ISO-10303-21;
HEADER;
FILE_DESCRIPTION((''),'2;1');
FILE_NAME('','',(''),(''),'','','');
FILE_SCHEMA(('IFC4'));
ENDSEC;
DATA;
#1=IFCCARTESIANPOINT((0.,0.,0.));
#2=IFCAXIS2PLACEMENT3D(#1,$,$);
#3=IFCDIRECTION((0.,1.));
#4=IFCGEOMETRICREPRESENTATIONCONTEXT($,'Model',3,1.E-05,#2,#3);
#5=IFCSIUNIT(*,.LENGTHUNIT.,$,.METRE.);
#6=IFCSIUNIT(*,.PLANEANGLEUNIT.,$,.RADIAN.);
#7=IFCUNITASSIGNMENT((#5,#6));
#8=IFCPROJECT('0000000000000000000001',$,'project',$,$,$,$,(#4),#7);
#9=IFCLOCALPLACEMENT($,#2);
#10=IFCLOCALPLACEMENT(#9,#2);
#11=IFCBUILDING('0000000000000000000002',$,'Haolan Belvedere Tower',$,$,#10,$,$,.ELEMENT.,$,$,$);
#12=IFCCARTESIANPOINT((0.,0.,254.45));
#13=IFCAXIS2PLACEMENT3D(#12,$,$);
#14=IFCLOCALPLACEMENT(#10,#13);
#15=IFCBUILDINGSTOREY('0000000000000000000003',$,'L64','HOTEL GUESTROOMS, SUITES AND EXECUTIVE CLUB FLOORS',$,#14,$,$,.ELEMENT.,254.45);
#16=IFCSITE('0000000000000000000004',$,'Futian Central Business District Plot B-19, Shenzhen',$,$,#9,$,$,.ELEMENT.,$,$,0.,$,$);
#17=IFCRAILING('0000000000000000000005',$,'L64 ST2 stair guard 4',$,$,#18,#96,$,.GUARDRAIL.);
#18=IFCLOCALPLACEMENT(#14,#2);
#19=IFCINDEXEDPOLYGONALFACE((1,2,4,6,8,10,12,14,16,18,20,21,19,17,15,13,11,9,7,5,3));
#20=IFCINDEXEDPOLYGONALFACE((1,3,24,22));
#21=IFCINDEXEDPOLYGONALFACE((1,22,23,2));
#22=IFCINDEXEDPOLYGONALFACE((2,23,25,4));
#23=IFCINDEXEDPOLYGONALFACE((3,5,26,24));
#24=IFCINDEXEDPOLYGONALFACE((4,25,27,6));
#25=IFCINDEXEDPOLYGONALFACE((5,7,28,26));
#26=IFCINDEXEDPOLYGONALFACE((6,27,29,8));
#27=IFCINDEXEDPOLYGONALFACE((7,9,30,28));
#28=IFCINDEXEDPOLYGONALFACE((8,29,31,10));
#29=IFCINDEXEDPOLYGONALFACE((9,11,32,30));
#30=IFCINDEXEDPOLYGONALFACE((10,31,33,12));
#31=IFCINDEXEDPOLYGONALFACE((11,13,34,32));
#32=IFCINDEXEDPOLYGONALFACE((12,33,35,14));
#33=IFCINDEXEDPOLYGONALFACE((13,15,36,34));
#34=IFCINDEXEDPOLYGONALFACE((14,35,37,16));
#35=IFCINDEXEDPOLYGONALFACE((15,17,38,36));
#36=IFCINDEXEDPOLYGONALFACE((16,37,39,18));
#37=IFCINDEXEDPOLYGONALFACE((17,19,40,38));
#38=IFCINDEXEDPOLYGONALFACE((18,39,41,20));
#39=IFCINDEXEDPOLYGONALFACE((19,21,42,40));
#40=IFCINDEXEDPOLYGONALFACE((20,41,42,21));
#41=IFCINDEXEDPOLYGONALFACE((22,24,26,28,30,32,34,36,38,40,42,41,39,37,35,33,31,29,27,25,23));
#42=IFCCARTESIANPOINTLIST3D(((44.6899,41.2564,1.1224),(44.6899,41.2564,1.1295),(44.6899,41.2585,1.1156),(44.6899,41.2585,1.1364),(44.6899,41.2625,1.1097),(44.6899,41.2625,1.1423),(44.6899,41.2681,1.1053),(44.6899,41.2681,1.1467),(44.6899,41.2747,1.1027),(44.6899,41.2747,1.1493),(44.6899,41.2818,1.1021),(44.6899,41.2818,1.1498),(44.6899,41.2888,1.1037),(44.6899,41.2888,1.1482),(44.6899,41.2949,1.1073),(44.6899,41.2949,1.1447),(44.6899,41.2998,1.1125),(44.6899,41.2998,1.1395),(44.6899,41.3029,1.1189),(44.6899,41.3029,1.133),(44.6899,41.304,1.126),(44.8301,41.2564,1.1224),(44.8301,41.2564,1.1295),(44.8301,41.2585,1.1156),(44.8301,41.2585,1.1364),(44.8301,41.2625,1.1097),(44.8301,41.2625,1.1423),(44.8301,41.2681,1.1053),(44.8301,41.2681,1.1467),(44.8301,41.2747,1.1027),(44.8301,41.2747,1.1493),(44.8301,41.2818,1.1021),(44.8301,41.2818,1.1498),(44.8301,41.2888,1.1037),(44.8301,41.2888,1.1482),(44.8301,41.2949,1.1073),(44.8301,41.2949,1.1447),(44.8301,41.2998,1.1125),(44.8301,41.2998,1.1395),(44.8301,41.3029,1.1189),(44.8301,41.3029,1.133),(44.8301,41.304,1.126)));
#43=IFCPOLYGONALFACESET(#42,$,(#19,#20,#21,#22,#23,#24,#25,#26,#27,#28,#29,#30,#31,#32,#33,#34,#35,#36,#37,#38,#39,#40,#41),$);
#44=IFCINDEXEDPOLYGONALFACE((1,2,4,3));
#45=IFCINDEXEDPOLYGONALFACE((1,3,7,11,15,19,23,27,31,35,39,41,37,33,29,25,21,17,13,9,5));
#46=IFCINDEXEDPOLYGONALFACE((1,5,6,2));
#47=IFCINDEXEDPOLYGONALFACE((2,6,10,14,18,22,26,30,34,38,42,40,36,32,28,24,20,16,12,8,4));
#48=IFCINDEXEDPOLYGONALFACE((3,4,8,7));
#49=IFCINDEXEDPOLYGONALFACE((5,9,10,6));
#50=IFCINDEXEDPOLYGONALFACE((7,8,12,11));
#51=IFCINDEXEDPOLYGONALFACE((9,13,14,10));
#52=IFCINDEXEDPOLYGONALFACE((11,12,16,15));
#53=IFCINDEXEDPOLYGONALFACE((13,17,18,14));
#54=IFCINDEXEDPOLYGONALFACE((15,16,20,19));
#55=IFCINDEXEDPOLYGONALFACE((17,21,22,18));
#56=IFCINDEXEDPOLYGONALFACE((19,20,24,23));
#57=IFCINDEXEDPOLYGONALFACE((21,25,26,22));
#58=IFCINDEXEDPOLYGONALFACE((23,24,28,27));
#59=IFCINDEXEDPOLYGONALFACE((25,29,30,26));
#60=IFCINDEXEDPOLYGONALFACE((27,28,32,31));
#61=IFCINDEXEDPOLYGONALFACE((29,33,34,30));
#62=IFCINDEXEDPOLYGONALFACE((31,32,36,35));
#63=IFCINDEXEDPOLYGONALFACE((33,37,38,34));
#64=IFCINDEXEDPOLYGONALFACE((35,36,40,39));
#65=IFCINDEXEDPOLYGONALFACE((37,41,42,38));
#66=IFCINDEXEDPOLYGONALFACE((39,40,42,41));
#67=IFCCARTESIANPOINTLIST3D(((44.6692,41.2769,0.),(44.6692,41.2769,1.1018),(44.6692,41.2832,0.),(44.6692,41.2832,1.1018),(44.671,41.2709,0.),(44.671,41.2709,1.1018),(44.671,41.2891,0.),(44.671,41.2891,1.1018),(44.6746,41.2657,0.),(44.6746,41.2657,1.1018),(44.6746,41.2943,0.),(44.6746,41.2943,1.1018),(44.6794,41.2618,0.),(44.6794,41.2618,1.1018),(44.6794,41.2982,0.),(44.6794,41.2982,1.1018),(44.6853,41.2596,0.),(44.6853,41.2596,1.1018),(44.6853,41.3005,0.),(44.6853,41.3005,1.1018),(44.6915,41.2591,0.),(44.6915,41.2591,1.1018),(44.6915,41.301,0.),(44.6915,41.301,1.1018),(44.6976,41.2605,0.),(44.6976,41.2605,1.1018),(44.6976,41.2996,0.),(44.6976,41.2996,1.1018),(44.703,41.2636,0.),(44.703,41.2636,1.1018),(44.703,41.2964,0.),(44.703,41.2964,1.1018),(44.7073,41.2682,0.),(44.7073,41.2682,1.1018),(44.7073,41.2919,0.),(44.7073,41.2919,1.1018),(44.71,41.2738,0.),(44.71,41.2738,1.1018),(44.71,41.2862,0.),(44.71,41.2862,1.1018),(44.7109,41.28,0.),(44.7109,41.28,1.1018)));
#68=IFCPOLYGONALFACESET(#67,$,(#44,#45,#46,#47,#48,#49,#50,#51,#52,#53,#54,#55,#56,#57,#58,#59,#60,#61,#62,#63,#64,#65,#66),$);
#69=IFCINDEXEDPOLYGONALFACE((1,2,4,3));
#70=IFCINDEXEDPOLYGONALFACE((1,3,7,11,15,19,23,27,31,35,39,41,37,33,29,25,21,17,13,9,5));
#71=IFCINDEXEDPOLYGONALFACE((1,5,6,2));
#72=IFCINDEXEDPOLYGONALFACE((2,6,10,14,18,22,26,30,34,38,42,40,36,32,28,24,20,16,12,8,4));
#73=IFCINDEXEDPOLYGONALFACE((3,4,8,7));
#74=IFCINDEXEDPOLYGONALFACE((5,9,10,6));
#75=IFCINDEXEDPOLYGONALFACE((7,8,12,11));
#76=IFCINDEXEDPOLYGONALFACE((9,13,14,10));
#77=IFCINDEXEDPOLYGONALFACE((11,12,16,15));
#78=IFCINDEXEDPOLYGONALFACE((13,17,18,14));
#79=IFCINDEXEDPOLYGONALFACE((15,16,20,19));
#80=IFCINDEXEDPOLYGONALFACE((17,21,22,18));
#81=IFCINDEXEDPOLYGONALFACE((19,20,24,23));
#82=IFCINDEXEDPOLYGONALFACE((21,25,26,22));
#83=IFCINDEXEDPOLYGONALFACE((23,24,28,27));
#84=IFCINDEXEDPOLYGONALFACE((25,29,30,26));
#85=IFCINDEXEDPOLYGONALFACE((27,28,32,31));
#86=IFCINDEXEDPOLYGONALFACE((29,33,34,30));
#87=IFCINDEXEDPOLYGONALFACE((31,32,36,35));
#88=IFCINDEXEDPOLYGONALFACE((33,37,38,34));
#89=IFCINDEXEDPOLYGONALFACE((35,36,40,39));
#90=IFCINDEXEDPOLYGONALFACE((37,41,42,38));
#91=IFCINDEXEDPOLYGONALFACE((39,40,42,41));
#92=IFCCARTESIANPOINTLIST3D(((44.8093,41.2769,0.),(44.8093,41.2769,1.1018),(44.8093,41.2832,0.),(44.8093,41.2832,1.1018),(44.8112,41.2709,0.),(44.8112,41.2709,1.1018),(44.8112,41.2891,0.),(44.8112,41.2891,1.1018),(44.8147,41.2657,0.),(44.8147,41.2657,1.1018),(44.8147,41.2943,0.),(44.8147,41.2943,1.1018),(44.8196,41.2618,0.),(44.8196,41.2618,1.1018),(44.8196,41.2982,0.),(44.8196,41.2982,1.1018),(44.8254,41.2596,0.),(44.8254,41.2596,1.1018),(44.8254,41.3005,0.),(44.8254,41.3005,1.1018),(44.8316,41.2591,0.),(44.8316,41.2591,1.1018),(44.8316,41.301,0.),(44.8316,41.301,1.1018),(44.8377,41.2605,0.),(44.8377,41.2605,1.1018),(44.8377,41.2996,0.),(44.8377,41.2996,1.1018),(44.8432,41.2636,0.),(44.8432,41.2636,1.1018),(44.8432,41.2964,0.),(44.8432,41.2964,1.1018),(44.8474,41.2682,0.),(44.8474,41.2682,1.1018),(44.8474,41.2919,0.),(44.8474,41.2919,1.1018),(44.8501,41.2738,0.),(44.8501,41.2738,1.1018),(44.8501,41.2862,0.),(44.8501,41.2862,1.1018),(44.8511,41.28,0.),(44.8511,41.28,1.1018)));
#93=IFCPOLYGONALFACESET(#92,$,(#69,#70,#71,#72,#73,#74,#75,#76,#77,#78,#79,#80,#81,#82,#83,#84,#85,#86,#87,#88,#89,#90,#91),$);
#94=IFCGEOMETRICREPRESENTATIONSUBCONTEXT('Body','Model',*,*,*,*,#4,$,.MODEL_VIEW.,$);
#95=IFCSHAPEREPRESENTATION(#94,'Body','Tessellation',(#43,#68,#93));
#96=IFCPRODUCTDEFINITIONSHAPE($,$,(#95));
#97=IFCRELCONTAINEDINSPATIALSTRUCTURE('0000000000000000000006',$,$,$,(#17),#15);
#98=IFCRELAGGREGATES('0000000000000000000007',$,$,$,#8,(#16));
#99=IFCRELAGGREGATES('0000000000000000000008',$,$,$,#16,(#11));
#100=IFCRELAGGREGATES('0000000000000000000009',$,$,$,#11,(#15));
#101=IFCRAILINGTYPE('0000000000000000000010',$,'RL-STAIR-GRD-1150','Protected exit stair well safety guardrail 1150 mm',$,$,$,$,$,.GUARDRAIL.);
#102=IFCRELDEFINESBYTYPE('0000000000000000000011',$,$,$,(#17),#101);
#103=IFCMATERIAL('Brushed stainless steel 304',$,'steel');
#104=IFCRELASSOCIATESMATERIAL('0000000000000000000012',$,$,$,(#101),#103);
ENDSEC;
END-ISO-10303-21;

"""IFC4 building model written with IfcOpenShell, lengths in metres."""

from ifc_helpers import new_model, si_unit, direction, frame, origin, origin_2d, place, context, subcontext, project, spatial, circle, extrude, material, type_object, element, save


model = new_model("IFC4")

# Units and contexts
model_context = context("Model", 3, precision=1e-05, world=origin(), true_north=direction((0.0, 1.0)))
body_context = subcontext(model_context, "Body", "Model", "MODEL_VIEW")
ifc_project = project(units=[si_unit("LENGTHUNIT", "METRE"), si_unit("PLANEANGLEUNIT", "RADIAN")], contexts=[model_context])

# Site, building, storey
site_placement = place(None, origin())
site = spatial("IfcSite", under=ifc_project, at=site_placement, Name="Futian Central Business District Plot B-19, Shenzhen", CompositionType="ELEMENT", RefElevation=0.0)
building_placement = place(site_placement, origin())
building = spatial("IfcBuilding", under=site, at=building_placement, Name="Haolan Belvedere Tower", CompositionType="ELEMENT")
storey_placement = place(building_placement, frame((0.0, 0.0, 254.45)))
storey = spatial("IfcBuildingStorey", under=building, at=storey_placement, Name="L64", Description="HOTEL GUESTROOMS, SUITES AND EXECUTIVE CLUB FLOORS", CompositionType="ELEMENT", Elevation=254.45)

# Railing
ifc_material_1 = material(Name="Brushed stainless steel 304", Category="steel")
railing_type_1 = type_object("IfcRailingType", Name="RL-STAIR-GRD-1150", Description="Protected exit stair well safety guardrail 1150 mm", PredefinedType="GUARDRAIL", material=ifc_material_1)
railing_1_placement = place(storey_placement, frame((44.6899, 41.28, 0.0)))
element("IfcRailing", 1, at=railing_1_placement, inside=storey, type_object=railing_type_1, Name="L64 ST2 stair guard 4", PredefinedType="GUARDRAIL", context=body_context, shape_type="SweptSolid", body=[
    extrude(circle(Radius=0.0239, at=origin_2d()), frame((0.0, 0.0, 1.126), z_axis=(1.0, 0.0, 0.0), x_axis=(0.0, 1.0, 0.0)), (0.0, 0.0, 1.0), 0.1401),
    extrude(circle(Radius=0.021, at=origin_2d()), origin(), (0.0, 0.0, 1.0), 1.1018),
    extrude(circle(Radius=0.021, at=origin_2d()), frame((0.1401, 0.0, 0.0)), (0.0, 0.0, 1.0), 1.1018),
])

save(model, "model.ifc")
